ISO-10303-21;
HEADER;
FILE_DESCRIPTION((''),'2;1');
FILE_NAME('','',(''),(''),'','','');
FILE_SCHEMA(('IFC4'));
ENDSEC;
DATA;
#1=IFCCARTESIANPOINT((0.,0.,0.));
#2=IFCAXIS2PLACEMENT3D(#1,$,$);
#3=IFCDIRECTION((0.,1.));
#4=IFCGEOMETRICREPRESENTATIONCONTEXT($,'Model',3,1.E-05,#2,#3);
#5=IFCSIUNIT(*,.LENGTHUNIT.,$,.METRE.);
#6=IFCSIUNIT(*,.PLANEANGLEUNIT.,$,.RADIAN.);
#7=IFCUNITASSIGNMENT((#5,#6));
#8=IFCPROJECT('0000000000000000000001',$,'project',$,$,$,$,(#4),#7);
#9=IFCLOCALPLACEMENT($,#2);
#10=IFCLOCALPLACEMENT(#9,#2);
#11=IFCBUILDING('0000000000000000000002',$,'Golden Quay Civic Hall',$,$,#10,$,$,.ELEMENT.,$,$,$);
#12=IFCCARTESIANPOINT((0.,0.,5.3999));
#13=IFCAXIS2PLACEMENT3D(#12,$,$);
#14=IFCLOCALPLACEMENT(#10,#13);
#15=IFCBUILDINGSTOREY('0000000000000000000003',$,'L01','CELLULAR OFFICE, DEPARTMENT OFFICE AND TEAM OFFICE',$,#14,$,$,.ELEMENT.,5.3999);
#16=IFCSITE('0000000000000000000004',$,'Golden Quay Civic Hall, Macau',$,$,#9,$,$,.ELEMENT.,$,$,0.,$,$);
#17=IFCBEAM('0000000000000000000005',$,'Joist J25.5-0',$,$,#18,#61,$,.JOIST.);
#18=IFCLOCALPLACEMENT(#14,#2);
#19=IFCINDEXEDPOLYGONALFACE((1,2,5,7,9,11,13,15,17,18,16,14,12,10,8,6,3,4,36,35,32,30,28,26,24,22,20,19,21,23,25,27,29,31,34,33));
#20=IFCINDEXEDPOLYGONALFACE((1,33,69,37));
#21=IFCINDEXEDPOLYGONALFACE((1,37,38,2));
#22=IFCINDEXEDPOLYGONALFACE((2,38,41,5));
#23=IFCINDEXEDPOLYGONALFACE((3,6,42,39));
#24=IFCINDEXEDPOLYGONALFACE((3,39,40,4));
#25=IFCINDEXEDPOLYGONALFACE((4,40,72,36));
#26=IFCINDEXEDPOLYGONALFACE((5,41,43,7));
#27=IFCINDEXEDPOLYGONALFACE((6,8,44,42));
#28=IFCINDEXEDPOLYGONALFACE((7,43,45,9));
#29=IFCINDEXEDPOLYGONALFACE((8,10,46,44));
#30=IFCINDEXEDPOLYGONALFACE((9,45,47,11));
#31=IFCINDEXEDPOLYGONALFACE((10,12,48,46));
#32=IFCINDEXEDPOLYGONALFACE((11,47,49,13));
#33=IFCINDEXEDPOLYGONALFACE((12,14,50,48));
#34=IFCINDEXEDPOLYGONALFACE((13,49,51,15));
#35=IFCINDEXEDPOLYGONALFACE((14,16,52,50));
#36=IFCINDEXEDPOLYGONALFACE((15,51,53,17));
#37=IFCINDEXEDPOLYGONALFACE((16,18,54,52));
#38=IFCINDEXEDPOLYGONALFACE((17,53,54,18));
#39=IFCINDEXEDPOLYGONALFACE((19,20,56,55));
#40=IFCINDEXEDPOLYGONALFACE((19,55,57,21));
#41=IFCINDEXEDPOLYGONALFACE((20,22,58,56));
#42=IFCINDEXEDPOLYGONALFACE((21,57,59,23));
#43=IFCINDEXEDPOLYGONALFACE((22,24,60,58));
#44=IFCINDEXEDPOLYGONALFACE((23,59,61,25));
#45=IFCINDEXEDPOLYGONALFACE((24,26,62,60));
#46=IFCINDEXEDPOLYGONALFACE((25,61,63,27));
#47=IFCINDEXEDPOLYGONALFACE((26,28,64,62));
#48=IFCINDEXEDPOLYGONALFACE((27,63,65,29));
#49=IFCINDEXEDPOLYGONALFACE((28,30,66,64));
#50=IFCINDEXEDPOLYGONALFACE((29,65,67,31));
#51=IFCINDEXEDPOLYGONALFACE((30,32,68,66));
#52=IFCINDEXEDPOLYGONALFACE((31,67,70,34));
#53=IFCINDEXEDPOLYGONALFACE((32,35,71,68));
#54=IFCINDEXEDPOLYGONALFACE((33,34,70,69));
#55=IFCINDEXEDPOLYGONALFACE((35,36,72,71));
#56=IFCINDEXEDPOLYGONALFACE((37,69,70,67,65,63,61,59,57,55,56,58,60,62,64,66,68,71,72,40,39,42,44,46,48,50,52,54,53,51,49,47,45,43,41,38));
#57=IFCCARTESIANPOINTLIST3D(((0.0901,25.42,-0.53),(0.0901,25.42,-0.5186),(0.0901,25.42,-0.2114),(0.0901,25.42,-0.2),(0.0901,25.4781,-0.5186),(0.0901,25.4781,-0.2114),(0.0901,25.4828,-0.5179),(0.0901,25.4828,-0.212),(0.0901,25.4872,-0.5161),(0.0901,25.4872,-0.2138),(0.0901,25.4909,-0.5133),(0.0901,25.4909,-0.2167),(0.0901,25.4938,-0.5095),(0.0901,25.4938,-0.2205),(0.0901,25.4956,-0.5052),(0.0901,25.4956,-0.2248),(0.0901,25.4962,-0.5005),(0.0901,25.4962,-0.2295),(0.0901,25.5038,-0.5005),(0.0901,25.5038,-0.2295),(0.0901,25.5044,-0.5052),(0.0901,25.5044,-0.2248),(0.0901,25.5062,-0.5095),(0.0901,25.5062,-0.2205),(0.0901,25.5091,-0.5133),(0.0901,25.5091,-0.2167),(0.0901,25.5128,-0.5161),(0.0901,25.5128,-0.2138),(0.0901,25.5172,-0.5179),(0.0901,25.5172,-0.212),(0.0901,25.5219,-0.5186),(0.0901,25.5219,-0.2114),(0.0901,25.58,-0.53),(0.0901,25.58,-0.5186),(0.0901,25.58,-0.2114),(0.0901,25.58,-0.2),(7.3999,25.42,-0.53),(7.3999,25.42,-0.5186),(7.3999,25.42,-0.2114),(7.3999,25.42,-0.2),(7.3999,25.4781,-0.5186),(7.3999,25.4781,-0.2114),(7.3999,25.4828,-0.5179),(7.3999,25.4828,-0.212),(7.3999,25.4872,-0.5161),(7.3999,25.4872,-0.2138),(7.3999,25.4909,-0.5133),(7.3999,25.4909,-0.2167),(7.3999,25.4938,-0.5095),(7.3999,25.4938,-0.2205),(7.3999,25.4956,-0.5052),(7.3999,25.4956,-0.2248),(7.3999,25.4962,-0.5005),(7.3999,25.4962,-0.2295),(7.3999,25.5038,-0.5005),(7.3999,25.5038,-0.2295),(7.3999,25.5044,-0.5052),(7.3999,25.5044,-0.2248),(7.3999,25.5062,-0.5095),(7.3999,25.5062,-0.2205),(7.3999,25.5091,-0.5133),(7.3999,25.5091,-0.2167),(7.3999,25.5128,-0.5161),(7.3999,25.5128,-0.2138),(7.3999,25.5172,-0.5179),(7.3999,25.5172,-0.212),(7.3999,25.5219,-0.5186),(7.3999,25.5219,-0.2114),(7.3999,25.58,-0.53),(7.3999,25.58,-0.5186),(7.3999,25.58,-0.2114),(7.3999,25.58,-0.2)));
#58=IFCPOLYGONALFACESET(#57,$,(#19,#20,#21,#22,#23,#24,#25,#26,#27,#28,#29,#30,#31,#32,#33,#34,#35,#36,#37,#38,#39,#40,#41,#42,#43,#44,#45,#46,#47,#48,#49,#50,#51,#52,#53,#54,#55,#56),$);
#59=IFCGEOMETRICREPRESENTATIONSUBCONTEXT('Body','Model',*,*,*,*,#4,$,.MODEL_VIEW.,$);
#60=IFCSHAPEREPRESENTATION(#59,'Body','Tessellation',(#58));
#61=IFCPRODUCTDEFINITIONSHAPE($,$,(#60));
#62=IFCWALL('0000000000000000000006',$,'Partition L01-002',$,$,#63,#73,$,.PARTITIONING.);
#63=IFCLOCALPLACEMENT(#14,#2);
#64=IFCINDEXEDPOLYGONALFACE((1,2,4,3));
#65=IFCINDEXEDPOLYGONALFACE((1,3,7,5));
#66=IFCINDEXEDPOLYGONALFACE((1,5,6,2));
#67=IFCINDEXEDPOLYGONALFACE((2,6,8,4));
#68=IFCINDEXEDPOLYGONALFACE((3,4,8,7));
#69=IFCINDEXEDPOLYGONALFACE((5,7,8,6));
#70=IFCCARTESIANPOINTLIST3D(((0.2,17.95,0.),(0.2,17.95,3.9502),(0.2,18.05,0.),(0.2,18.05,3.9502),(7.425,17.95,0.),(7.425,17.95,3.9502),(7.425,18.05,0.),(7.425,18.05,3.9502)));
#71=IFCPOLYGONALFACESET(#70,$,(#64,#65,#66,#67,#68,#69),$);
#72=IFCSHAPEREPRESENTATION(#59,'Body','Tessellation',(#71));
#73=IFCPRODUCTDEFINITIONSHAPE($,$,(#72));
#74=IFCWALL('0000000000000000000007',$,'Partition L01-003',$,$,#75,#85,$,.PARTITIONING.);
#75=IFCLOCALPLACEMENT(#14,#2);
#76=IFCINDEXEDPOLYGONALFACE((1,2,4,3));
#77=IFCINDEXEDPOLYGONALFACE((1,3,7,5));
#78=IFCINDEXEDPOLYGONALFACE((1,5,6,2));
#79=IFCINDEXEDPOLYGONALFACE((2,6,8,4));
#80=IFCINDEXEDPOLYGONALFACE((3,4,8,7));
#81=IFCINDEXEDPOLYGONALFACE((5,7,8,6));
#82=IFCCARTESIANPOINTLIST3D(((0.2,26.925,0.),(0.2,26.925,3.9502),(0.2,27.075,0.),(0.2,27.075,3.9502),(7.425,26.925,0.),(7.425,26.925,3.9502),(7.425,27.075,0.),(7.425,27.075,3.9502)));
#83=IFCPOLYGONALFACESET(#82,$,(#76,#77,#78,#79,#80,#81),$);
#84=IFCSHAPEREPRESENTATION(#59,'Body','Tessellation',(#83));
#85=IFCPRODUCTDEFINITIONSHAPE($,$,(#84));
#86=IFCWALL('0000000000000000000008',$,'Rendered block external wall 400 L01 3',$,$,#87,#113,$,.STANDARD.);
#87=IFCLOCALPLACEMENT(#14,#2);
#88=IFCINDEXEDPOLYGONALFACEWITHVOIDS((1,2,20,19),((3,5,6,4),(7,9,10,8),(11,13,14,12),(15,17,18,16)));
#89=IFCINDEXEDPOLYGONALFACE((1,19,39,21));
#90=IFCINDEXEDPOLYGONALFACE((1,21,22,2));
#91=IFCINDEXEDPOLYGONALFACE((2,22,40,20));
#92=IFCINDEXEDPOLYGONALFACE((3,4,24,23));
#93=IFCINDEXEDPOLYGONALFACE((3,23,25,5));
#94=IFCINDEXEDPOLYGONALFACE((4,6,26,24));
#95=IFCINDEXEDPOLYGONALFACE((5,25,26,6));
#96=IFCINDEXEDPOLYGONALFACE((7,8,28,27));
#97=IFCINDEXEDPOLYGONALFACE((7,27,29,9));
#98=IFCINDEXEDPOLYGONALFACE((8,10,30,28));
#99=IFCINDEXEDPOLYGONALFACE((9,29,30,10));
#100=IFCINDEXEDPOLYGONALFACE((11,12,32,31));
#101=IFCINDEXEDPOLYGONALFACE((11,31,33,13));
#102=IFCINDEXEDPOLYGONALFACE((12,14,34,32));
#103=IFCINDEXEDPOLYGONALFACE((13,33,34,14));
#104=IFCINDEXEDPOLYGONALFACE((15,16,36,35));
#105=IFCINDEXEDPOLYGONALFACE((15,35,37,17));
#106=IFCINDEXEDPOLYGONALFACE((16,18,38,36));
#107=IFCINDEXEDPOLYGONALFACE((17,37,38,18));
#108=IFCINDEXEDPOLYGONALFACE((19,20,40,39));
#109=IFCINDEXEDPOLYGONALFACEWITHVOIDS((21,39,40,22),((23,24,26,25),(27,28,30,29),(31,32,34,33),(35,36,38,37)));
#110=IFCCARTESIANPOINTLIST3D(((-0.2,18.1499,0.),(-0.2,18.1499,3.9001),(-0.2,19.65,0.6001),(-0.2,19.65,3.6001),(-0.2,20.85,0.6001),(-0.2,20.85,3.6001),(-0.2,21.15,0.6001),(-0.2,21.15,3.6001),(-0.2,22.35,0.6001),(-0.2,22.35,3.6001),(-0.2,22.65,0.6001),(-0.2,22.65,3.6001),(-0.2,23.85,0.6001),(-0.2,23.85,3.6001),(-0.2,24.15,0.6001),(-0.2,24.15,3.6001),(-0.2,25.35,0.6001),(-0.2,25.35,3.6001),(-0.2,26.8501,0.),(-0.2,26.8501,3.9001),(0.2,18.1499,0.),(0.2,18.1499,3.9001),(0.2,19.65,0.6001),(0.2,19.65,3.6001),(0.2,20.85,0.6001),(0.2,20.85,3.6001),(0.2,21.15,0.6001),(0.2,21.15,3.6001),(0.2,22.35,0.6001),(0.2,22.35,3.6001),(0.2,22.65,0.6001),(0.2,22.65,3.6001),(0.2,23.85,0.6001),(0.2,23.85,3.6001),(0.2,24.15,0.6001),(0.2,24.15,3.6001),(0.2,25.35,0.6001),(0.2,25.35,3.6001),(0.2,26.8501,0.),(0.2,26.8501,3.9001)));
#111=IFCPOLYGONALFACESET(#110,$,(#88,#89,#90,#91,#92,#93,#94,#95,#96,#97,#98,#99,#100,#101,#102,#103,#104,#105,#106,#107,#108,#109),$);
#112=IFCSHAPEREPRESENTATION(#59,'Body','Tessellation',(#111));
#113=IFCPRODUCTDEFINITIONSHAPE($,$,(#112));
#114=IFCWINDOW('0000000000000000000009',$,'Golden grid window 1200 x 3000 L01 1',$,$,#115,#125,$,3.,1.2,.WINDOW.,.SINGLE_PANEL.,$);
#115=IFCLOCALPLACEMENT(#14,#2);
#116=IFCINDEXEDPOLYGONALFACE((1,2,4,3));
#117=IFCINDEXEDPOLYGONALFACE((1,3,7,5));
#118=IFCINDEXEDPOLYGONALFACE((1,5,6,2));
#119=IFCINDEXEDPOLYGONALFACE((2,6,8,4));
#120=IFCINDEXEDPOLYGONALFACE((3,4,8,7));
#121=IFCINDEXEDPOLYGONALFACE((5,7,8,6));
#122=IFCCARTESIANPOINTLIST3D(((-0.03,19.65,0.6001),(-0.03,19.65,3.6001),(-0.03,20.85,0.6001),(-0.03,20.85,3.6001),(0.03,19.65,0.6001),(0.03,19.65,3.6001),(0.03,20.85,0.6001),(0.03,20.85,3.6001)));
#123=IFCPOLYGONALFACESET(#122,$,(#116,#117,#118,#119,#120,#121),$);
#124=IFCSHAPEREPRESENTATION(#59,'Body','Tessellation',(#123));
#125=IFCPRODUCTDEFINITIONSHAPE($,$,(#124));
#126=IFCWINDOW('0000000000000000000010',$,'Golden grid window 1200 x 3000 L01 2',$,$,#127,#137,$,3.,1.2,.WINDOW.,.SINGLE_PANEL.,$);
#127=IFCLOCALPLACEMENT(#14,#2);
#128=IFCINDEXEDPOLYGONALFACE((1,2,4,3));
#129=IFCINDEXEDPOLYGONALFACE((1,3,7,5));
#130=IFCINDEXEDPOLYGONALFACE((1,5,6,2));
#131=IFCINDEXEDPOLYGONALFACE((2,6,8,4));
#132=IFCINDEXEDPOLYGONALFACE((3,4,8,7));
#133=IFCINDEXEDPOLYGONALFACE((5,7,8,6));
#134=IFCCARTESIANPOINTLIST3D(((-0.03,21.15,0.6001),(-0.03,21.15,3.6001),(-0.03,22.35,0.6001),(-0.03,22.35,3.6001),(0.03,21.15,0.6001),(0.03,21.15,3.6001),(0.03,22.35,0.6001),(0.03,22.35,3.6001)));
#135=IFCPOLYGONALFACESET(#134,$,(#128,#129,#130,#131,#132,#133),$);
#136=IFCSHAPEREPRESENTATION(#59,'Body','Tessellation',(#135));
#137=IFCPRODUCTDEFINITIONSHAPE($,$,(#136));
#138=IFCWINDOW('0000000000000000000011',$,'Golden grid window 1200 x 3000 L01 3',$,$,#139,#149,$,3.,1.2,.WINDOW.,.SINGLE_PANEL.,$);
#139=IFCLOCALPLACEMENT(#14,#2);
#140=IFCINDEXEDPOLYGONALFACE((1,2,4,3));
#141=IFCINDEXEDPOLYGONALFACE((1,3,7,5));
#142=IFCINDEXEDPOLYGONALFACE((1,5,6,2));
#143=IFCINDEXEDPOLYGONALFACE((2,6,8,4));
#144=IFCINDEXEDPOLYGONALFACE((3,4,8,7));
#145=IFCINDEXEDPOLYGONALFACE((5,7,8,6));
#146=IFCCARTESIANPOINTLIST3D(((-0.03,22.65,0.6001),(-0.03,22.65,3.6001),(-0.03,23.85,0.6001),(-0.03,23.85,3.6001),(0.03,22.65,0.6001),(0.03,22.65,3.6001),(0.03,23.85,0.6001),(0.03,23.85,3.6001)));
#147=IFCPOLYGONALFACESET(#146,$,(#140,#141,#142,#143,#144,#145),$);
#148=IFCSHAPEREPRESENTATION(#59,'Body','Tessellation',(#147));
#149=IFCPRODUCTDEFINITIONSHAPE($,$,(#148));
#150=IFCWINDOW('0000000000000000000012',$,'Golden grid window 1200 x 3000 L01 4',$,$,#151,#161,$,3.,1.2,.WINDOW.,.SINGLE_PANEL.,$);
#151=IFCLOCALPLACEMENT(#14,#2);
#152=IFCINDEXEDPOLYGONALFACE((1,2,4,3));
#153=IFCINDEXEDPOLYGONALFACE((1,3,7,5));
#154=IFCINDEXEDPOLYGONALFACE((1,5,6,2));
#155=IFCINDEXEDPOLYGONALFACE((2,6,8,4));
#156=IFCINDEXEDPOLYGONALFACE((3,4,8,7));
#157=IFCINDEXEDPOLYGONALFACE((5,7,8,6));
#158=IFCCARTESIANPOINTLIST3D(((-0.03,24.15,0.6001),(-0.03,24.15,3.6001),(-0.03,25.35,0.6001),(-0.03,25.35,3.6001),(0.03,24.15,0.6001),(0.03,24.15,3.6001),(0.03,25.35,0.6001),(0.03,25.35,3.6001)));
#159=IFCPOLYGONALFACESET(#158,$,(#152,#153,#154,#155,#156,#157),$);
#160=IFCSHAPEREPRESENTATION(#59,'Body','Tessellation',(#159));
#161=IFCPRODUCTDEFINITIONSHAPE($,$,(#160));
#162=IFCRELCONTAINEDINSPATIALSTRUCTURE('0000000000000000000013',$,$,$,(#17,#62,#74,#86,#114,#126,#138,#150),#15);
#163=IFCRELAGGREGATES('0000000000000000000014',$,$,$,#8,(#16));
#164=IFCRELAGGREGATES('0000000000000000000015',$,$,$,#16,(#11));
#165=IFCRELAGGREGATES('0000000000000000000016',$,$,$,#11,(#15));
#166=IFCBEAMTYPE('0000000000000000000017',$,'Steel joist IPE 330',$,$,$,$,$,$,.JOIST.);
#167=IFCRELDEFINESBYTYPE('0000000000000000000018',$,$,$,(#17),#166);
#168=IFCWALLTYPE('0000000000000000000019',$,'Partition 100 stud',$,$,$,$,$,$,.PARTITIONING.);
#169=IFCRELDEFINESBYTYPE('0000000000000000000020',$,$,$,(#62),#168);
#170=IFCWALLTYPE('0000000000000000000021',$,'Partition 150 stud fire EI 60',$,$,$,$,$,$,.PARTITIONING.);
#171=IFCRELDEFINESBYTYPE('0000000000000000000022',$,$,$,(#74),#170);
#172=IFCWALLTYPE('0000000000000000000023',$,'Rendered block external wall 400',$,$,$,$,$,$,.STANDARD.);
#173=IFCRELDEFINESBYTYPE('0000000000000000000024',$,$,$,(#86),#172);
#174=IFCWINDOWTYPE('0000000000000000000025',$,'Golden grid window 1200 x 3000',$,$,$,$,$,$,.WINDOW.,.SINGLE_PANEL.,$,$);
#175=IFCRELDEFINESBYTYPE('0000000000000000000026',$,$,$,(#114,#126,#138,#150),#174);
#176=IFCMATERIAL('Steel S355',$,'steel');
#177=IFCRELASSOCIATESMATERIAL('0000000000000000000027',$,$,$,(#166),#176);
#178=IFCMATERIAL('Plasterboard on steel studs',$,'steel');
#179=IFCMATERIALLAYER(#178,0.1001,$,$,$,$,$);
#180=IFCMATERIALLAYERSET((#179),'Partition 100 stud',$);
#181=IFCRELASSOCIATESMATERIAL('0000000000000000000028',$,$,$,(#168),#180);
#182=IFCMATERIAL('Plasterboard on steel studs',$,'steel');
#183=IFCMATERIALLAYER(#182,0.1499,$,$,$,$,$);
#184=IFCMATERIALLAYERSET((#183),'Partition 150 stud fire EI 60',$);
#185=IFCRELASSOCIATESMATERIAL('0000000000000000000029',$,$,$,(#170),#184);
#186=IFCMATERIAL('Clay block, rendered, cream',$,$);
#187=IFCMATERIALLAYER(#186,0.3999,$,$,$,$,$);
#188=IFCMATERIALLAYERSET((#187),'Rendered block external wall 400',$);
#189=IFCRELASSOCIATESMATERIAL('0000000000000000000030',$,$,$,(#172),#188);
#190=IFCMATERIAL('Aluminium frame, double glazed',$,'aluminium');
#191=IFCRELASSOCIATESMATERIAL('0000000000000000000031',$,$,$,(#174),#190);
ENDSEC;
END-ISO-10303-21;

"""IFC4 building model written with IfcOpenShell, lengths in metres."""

from ifc_helpers import new_model, si_unit, direction, frame, frame_2d, origin, origin_2d, place, context, subcontext, project, spatial, rectangle, i_section, extrude, material, layer, layer_set, material_profile, profile_set, type_object, element, fill, save


model = new_model("IFC4")

# Units and contexts
model_context = context("Model", 3, precision=1e-05, world=origin(), true_north=direction((0.0, 1.0)))
body_context = subcontext(model_context, "Body", "Model", "MODEL_VIEW")
ifc_project = project(units=[si_unit("LENGTHUNIT", "METRE"), si_unit("PLANEANGLEUNIT", "RADIAN")], contexts=[model_context])

# Site, building, storey
site_placement = place(None, origin())
site = spatial("IfcSite", under=ifc_project, at=site_placement, Name="Golden Quay Civic Hall, Macau", CompositionType="ELEMENT", RefElevation=0.0)
building_placement = place(site_placement, origin())
building = spatial("IfcBuilding", under=site, at=building_placement, Name="Golden Quay Civic Hall", CompositionType="ELEMENT")
storey_placement = place(building_placement, frame((0.0, 0.0, 5.3999)))
storey = spatial("IfcBuildingStorey", under=building, at=storey_placement, Name="L01", Description="CELLULAR OFFICE, DEPARTMENT OFFICE AND TEAM OFFICE", CompositionType="ELEMENT", Elevation=5.3999)

# Beam
ifc_material_1 = material(Name="Steel S355", Category="steel")
ifc_material_profile_1 = material_profile(ifc_material_1, i_section(OverallWidth=0.1599, OverallDepth=0.3301, WebThickness=0.0076, FlangeThickness=0.0115, FilletRadius=0.0181, at=origin_2d()), Name="IPE 330")
ifc_profile_set_1 = profile_set([ifc_material_profile_1], Name="Steel S355")
beam_type_1 = type_object("IfcBeamType", Name="Steel joist IPE 330", PredefinedType="JOIST", material=ifc_profile_set_1)
for number, where, z_axis, x_axis, name in (
    (1, (0.0901, 25.5, -0.365), (1.0, 0.0, 0.0), (0.0, 1.0, 0.0), "Joist J25.5-0"),
):
    element("IfcBeam", number, at=place(storey_placement, frame(where, z_axis=z_axis, x_axis=x_axis)), inside=storey, type_object=beam_type_1, Name=name, PredefinedType="JOIST", context=body_context, shape_type="SweptSolid", body=[
        extrude(i_section(OverallWidth=0.1599, OverallDepth=0.3301, WebThickness=0.0076, FlangeThickness=0.0115, FilletRadius=0.0181, at=origin_2d()), origin(), (0.0, 0.0, 1.0), 7.3098),
    ])

# Walls
ifc_material_2 = material(Name="Plasterboard on steel studs", Category="steel")
ifc_layer_1 = layer(ifc_material_2, 0.1001)
ifc_layer_set_1 = layer_set([ifc_layer_1], Name="Partition 100 stud")
wall_type_1 = type_object("IfcWallType", Name="Partition 100 stud", PredefinedType="PARTITIONING", material=ifc_layer_set_1)
wall_1_placement = place(storey_placement, frame((0.2, 18.0, 0.0), z_axis=(0.0, 0.0, 1.0), x_axis=(1.0, 0.0, 0.0)))
element("IfcWall", 2, at=wall_1_placement, inside=storey, type_object=wall_type_1, Name="Partition L01-002", PredefinedType="PARTITIONING", context=body_context, shape_type="SweptSolid", body=[
    extrude(rectangle(XDim=7.2251, YDim=0.1001, at=frame_2d((3.6125, 0.0))), origin(), (0.0, 0.0, 1.0), 3.9502),
])
ifc_material_3 = material(Name="Plasterboard on steel studs", Category="steel")
ifc_layer_2 = layer(ifc_material_3, 0.1499)
ifc_layer_set_2 = layer_set([ifc_layer_2], Name="Partition 150 stud fire EI 60")
wall_type_2 = type_object("IfcWallType", Name="Partition 150 stud fire EI 60", PredefinedType="PARTITIONING", material=ifc_layer_set_2)
wall_2_placement = place(storey_placement, frame((0.2, 27.0, 0.0), z_axis=(0.0, 0.0, 1.0), x_axis=(1.0, 0.0, 0.0)))
element("IfcWall", 3, at=wall_2_placement, inside=storey, type_object=wall_type_2, Name="Partition L01-003", PredefinedType="PARTITIONING", context=body_context, shape_type="SweptSolid", body=[
    extrude(rectangle(XDim=7.2251, YDim=0.1499, at=frame_2d((3.6125, 0.0))), origin(), (0.0, 0.0, 1.0), 3.9502),
])

# Wall, openings, windows
ifc_material_4 = material(Name="Clay block, rendered, cream")
ifc_layer_3 = layer(ifc_material_4, 0.3999)
ifc_layer_set_3 = layer_set([ifc_layer_3], Name="Rendered block external wall 400")
wall_type_3 = type_object("IfcWallType", Name="Rendered block external wall 400", PredefinedType="STANDARD", material=ifc_layer_set_3)
wall_3_placement = place(storey_placement, frame((0.0, 18.1499, 0.0), z_axis=(0.0, 0.0, 1.0), x_axis=(0.0, 1.0, 0.0)))
wall_3 = element("IfcWall", 4, at=wall_3_placement, inside=storey, type_object=wall_type_3, Name="Rendered block external wall 400 L01 3", PredefinedType="STANDARD", context=body_context, shape_type="SweptSolid", body=[
    extrude(rectangle(XDim=8.7002, YDim=0.3999, at=frame_2d((4.3501, 0.0))), origin(), (0.0, 0.0, 1.0), 3.9001),
])
opening_1_placement = place(wall_3_placement, frame((1.5, 0.0, 0.6001)))
opening_1 = element("IfcOpeningElement", 5, at=opening_1_placement, cuts=wall_3, PredefinedType="OPENING", context=body_context, shape_type="SweptSolid", body=[
    extrude(rectangle(XDim=1.2, YDim=3.0, at=frame_2d((0.6001, 1.5))), frame((0.0, 0.21, 0.0), z_axis=(0.0, -1.0, 0.0), x_axis=(1.0, 0.0, 0.0)), (0.0, 0.0, 1.0), 0.4199),
])
opening_2_placement = place(wall_3_placement, frame((3.0, 0.0, 0.6001)))
opening_2 = element("IfcOpeningElement", 6, at=opening_2_placement, cuts=wall_3, PredefinedType="OPENING", context=body_context, shape_type="SweptSolid", body=[
    extrude(rectangle(XDim=1.2, YDim=3.0, at=frame_2d((0.6001, 1.5))), frame((0.0, 0.21, 0.0), z_axis=(0.0, -1.0, 0.0), x_axis=(1.0, 0.0, 0.0)), (0.0, 0.0, 1.0), 0.4199),
])
opening_3_placement = place(wall_3_placement, frame((4.5, 0.0, 0.6001)))
opening_3 = element("IfcOpeningElement", 7, at=opening_3_placement, cuts=wall_3, PredefinedType="OPENING", context=body_context, shape_type="SweptSolid", body=[
    extrude(rectangle(XDim=1.2, YDim=3.0, at=frame_2d((0.6001, 1.5))), frame((0.0, 0.21, 0.0), z_axis=(0.0, -1.0, 0.0), x_axis=(1.0, 0.0, 0.0)), (0.0, 0.0, 1.0), 0.4199),
])
opening_4_placement = place(wall_3_placement, frame((6.0, 0.0, 0.6001)))
opening_4 = element("IfcOpeningElement", 8, at=opening_4_placement, cuts=wall_3, PredefinedType="OPENING", context=body_context, shape_type="SweptSolid", body=[
    extrude(rectangle(XDim=1.2, YDim=3.0, at=frame_2d((0.6001, 1.5))), frame((0.0, 0.21, 0.0), z_axis=(0.0, -1.0, 0.0), x_axis=(1.0, 0.0, 0.0)), (0.0, 0.0, 1.0), 0.4199),
])
ifc_material_5 = material(Name="Aluminium frame, double glazed", Category="aluminium")
window_type = type_object("IfcWindowType", Name="Golden grid window 1200 x 3000", PartitioningType="SINGLE_PANEL", PredefinedType="WINDOW", material=ifc_material_5)
window_1_placement = place(opening_1_placement, origin())
window_1 = element("IfcWindow", 9, at=window_1_placement, inside=storey, type_object=window_type, Name="Golden grid window 1200 x 3000 L01 1", OverallHeight=3.0, OverallWidth=1.2, PartitioningType="SINGLE_PANEL", PredefinedType="WINDOW", context=body_context, shape_type="SweptSolid", body=[
    extrude(rectangle(XDim=1.2, YDim=3.0, at=frame_2d((0.6001, 1.5))), frame((0.0, 0.03, 0.0), z_axis=(0.0, -1.0, 0.0), x_axis=(1.0, 0.0, 0.0)), (0.0, 0.0, 1.0), 0.0601),
])
fill(opening_1, window_1)
window_2_placement = place(opening_2_placement, origin())
window_2 = element("IfcWindow", 10, at=window_2_placement, inside=storey, type_object=window_type, Name="Golden grid window 1200 x 3000 L01 2", OverallHeight=3.0, OverallWidth=1.2, PartitioningType="SINGLE_PANEL", PredefinedType="WINDOW", context=body_context, shape_type="SweptSolid", body=[
    extrude(rectangle(XDim=1.2, YDim=3.0, at=frame_2d((0.6001, 1.5))), frame((0.0, 0.03, 0.0), z_axis=(0.0, -1.0, 0.0), x_axis=(1.0, 0.0, 0.0)), (0.0, 0.0, 1.0), 0.0601),
])
fill(opening_2, window_2)
window_3_placement = place(opening_3_placement, origin())
window_3 = element("IfcWindow", 11, at=window_3_placement, inside=storey, type_object=window_type, Name="Golden grid window 1200 x 3000 L01 3", OverallHeight=3.0, OverallWidth=1.2, PartitioningType="SINGLE_PANEL", PredefinedType="WINDOW", context=body_context, shape_type="SweptSolid", body=[
    extrude(rectangle(XDim=1.2, YDim=3.0, at=frame_2d((0.6001, 1.5))), frame((0.0, 0.03, 0.0), z_axis=(0.0, -1.0, 0.0), x_axis=(1.0, 0.0, 0.0)), (0.0, 0.0, 1.0), 0.0601),
])
fill(opening_3, window_3)
window_4_placement = place(opening_4_placement, origin())
window_4 = element("IfcWindow", 12, at=window_4_placement, inside=storey, type_object=window_type, Name="Golden grid window 1200 x 3000 L01 4", OverallHeight=3.0, OverallWidth=1.2, PartitioningType="SINGLE_PANEL", PredefinedType="WINDOW", context=body_context, shape_type="SweptSolid", body=[
    extrude(rectangle(XDim=1.2, YDim=3.0, at=frame_2d((0.6001, 1.5))), frame((0.0, 0.03, 0.0), z_axis=(0.0, -1.0, 0.0), x_axis=(1.0, 0.0, 0.0)), (0.0, 0.0, 1.0), 0.0601),
])
fill(opening_4, window_4)

save(model, "model.ifc")
